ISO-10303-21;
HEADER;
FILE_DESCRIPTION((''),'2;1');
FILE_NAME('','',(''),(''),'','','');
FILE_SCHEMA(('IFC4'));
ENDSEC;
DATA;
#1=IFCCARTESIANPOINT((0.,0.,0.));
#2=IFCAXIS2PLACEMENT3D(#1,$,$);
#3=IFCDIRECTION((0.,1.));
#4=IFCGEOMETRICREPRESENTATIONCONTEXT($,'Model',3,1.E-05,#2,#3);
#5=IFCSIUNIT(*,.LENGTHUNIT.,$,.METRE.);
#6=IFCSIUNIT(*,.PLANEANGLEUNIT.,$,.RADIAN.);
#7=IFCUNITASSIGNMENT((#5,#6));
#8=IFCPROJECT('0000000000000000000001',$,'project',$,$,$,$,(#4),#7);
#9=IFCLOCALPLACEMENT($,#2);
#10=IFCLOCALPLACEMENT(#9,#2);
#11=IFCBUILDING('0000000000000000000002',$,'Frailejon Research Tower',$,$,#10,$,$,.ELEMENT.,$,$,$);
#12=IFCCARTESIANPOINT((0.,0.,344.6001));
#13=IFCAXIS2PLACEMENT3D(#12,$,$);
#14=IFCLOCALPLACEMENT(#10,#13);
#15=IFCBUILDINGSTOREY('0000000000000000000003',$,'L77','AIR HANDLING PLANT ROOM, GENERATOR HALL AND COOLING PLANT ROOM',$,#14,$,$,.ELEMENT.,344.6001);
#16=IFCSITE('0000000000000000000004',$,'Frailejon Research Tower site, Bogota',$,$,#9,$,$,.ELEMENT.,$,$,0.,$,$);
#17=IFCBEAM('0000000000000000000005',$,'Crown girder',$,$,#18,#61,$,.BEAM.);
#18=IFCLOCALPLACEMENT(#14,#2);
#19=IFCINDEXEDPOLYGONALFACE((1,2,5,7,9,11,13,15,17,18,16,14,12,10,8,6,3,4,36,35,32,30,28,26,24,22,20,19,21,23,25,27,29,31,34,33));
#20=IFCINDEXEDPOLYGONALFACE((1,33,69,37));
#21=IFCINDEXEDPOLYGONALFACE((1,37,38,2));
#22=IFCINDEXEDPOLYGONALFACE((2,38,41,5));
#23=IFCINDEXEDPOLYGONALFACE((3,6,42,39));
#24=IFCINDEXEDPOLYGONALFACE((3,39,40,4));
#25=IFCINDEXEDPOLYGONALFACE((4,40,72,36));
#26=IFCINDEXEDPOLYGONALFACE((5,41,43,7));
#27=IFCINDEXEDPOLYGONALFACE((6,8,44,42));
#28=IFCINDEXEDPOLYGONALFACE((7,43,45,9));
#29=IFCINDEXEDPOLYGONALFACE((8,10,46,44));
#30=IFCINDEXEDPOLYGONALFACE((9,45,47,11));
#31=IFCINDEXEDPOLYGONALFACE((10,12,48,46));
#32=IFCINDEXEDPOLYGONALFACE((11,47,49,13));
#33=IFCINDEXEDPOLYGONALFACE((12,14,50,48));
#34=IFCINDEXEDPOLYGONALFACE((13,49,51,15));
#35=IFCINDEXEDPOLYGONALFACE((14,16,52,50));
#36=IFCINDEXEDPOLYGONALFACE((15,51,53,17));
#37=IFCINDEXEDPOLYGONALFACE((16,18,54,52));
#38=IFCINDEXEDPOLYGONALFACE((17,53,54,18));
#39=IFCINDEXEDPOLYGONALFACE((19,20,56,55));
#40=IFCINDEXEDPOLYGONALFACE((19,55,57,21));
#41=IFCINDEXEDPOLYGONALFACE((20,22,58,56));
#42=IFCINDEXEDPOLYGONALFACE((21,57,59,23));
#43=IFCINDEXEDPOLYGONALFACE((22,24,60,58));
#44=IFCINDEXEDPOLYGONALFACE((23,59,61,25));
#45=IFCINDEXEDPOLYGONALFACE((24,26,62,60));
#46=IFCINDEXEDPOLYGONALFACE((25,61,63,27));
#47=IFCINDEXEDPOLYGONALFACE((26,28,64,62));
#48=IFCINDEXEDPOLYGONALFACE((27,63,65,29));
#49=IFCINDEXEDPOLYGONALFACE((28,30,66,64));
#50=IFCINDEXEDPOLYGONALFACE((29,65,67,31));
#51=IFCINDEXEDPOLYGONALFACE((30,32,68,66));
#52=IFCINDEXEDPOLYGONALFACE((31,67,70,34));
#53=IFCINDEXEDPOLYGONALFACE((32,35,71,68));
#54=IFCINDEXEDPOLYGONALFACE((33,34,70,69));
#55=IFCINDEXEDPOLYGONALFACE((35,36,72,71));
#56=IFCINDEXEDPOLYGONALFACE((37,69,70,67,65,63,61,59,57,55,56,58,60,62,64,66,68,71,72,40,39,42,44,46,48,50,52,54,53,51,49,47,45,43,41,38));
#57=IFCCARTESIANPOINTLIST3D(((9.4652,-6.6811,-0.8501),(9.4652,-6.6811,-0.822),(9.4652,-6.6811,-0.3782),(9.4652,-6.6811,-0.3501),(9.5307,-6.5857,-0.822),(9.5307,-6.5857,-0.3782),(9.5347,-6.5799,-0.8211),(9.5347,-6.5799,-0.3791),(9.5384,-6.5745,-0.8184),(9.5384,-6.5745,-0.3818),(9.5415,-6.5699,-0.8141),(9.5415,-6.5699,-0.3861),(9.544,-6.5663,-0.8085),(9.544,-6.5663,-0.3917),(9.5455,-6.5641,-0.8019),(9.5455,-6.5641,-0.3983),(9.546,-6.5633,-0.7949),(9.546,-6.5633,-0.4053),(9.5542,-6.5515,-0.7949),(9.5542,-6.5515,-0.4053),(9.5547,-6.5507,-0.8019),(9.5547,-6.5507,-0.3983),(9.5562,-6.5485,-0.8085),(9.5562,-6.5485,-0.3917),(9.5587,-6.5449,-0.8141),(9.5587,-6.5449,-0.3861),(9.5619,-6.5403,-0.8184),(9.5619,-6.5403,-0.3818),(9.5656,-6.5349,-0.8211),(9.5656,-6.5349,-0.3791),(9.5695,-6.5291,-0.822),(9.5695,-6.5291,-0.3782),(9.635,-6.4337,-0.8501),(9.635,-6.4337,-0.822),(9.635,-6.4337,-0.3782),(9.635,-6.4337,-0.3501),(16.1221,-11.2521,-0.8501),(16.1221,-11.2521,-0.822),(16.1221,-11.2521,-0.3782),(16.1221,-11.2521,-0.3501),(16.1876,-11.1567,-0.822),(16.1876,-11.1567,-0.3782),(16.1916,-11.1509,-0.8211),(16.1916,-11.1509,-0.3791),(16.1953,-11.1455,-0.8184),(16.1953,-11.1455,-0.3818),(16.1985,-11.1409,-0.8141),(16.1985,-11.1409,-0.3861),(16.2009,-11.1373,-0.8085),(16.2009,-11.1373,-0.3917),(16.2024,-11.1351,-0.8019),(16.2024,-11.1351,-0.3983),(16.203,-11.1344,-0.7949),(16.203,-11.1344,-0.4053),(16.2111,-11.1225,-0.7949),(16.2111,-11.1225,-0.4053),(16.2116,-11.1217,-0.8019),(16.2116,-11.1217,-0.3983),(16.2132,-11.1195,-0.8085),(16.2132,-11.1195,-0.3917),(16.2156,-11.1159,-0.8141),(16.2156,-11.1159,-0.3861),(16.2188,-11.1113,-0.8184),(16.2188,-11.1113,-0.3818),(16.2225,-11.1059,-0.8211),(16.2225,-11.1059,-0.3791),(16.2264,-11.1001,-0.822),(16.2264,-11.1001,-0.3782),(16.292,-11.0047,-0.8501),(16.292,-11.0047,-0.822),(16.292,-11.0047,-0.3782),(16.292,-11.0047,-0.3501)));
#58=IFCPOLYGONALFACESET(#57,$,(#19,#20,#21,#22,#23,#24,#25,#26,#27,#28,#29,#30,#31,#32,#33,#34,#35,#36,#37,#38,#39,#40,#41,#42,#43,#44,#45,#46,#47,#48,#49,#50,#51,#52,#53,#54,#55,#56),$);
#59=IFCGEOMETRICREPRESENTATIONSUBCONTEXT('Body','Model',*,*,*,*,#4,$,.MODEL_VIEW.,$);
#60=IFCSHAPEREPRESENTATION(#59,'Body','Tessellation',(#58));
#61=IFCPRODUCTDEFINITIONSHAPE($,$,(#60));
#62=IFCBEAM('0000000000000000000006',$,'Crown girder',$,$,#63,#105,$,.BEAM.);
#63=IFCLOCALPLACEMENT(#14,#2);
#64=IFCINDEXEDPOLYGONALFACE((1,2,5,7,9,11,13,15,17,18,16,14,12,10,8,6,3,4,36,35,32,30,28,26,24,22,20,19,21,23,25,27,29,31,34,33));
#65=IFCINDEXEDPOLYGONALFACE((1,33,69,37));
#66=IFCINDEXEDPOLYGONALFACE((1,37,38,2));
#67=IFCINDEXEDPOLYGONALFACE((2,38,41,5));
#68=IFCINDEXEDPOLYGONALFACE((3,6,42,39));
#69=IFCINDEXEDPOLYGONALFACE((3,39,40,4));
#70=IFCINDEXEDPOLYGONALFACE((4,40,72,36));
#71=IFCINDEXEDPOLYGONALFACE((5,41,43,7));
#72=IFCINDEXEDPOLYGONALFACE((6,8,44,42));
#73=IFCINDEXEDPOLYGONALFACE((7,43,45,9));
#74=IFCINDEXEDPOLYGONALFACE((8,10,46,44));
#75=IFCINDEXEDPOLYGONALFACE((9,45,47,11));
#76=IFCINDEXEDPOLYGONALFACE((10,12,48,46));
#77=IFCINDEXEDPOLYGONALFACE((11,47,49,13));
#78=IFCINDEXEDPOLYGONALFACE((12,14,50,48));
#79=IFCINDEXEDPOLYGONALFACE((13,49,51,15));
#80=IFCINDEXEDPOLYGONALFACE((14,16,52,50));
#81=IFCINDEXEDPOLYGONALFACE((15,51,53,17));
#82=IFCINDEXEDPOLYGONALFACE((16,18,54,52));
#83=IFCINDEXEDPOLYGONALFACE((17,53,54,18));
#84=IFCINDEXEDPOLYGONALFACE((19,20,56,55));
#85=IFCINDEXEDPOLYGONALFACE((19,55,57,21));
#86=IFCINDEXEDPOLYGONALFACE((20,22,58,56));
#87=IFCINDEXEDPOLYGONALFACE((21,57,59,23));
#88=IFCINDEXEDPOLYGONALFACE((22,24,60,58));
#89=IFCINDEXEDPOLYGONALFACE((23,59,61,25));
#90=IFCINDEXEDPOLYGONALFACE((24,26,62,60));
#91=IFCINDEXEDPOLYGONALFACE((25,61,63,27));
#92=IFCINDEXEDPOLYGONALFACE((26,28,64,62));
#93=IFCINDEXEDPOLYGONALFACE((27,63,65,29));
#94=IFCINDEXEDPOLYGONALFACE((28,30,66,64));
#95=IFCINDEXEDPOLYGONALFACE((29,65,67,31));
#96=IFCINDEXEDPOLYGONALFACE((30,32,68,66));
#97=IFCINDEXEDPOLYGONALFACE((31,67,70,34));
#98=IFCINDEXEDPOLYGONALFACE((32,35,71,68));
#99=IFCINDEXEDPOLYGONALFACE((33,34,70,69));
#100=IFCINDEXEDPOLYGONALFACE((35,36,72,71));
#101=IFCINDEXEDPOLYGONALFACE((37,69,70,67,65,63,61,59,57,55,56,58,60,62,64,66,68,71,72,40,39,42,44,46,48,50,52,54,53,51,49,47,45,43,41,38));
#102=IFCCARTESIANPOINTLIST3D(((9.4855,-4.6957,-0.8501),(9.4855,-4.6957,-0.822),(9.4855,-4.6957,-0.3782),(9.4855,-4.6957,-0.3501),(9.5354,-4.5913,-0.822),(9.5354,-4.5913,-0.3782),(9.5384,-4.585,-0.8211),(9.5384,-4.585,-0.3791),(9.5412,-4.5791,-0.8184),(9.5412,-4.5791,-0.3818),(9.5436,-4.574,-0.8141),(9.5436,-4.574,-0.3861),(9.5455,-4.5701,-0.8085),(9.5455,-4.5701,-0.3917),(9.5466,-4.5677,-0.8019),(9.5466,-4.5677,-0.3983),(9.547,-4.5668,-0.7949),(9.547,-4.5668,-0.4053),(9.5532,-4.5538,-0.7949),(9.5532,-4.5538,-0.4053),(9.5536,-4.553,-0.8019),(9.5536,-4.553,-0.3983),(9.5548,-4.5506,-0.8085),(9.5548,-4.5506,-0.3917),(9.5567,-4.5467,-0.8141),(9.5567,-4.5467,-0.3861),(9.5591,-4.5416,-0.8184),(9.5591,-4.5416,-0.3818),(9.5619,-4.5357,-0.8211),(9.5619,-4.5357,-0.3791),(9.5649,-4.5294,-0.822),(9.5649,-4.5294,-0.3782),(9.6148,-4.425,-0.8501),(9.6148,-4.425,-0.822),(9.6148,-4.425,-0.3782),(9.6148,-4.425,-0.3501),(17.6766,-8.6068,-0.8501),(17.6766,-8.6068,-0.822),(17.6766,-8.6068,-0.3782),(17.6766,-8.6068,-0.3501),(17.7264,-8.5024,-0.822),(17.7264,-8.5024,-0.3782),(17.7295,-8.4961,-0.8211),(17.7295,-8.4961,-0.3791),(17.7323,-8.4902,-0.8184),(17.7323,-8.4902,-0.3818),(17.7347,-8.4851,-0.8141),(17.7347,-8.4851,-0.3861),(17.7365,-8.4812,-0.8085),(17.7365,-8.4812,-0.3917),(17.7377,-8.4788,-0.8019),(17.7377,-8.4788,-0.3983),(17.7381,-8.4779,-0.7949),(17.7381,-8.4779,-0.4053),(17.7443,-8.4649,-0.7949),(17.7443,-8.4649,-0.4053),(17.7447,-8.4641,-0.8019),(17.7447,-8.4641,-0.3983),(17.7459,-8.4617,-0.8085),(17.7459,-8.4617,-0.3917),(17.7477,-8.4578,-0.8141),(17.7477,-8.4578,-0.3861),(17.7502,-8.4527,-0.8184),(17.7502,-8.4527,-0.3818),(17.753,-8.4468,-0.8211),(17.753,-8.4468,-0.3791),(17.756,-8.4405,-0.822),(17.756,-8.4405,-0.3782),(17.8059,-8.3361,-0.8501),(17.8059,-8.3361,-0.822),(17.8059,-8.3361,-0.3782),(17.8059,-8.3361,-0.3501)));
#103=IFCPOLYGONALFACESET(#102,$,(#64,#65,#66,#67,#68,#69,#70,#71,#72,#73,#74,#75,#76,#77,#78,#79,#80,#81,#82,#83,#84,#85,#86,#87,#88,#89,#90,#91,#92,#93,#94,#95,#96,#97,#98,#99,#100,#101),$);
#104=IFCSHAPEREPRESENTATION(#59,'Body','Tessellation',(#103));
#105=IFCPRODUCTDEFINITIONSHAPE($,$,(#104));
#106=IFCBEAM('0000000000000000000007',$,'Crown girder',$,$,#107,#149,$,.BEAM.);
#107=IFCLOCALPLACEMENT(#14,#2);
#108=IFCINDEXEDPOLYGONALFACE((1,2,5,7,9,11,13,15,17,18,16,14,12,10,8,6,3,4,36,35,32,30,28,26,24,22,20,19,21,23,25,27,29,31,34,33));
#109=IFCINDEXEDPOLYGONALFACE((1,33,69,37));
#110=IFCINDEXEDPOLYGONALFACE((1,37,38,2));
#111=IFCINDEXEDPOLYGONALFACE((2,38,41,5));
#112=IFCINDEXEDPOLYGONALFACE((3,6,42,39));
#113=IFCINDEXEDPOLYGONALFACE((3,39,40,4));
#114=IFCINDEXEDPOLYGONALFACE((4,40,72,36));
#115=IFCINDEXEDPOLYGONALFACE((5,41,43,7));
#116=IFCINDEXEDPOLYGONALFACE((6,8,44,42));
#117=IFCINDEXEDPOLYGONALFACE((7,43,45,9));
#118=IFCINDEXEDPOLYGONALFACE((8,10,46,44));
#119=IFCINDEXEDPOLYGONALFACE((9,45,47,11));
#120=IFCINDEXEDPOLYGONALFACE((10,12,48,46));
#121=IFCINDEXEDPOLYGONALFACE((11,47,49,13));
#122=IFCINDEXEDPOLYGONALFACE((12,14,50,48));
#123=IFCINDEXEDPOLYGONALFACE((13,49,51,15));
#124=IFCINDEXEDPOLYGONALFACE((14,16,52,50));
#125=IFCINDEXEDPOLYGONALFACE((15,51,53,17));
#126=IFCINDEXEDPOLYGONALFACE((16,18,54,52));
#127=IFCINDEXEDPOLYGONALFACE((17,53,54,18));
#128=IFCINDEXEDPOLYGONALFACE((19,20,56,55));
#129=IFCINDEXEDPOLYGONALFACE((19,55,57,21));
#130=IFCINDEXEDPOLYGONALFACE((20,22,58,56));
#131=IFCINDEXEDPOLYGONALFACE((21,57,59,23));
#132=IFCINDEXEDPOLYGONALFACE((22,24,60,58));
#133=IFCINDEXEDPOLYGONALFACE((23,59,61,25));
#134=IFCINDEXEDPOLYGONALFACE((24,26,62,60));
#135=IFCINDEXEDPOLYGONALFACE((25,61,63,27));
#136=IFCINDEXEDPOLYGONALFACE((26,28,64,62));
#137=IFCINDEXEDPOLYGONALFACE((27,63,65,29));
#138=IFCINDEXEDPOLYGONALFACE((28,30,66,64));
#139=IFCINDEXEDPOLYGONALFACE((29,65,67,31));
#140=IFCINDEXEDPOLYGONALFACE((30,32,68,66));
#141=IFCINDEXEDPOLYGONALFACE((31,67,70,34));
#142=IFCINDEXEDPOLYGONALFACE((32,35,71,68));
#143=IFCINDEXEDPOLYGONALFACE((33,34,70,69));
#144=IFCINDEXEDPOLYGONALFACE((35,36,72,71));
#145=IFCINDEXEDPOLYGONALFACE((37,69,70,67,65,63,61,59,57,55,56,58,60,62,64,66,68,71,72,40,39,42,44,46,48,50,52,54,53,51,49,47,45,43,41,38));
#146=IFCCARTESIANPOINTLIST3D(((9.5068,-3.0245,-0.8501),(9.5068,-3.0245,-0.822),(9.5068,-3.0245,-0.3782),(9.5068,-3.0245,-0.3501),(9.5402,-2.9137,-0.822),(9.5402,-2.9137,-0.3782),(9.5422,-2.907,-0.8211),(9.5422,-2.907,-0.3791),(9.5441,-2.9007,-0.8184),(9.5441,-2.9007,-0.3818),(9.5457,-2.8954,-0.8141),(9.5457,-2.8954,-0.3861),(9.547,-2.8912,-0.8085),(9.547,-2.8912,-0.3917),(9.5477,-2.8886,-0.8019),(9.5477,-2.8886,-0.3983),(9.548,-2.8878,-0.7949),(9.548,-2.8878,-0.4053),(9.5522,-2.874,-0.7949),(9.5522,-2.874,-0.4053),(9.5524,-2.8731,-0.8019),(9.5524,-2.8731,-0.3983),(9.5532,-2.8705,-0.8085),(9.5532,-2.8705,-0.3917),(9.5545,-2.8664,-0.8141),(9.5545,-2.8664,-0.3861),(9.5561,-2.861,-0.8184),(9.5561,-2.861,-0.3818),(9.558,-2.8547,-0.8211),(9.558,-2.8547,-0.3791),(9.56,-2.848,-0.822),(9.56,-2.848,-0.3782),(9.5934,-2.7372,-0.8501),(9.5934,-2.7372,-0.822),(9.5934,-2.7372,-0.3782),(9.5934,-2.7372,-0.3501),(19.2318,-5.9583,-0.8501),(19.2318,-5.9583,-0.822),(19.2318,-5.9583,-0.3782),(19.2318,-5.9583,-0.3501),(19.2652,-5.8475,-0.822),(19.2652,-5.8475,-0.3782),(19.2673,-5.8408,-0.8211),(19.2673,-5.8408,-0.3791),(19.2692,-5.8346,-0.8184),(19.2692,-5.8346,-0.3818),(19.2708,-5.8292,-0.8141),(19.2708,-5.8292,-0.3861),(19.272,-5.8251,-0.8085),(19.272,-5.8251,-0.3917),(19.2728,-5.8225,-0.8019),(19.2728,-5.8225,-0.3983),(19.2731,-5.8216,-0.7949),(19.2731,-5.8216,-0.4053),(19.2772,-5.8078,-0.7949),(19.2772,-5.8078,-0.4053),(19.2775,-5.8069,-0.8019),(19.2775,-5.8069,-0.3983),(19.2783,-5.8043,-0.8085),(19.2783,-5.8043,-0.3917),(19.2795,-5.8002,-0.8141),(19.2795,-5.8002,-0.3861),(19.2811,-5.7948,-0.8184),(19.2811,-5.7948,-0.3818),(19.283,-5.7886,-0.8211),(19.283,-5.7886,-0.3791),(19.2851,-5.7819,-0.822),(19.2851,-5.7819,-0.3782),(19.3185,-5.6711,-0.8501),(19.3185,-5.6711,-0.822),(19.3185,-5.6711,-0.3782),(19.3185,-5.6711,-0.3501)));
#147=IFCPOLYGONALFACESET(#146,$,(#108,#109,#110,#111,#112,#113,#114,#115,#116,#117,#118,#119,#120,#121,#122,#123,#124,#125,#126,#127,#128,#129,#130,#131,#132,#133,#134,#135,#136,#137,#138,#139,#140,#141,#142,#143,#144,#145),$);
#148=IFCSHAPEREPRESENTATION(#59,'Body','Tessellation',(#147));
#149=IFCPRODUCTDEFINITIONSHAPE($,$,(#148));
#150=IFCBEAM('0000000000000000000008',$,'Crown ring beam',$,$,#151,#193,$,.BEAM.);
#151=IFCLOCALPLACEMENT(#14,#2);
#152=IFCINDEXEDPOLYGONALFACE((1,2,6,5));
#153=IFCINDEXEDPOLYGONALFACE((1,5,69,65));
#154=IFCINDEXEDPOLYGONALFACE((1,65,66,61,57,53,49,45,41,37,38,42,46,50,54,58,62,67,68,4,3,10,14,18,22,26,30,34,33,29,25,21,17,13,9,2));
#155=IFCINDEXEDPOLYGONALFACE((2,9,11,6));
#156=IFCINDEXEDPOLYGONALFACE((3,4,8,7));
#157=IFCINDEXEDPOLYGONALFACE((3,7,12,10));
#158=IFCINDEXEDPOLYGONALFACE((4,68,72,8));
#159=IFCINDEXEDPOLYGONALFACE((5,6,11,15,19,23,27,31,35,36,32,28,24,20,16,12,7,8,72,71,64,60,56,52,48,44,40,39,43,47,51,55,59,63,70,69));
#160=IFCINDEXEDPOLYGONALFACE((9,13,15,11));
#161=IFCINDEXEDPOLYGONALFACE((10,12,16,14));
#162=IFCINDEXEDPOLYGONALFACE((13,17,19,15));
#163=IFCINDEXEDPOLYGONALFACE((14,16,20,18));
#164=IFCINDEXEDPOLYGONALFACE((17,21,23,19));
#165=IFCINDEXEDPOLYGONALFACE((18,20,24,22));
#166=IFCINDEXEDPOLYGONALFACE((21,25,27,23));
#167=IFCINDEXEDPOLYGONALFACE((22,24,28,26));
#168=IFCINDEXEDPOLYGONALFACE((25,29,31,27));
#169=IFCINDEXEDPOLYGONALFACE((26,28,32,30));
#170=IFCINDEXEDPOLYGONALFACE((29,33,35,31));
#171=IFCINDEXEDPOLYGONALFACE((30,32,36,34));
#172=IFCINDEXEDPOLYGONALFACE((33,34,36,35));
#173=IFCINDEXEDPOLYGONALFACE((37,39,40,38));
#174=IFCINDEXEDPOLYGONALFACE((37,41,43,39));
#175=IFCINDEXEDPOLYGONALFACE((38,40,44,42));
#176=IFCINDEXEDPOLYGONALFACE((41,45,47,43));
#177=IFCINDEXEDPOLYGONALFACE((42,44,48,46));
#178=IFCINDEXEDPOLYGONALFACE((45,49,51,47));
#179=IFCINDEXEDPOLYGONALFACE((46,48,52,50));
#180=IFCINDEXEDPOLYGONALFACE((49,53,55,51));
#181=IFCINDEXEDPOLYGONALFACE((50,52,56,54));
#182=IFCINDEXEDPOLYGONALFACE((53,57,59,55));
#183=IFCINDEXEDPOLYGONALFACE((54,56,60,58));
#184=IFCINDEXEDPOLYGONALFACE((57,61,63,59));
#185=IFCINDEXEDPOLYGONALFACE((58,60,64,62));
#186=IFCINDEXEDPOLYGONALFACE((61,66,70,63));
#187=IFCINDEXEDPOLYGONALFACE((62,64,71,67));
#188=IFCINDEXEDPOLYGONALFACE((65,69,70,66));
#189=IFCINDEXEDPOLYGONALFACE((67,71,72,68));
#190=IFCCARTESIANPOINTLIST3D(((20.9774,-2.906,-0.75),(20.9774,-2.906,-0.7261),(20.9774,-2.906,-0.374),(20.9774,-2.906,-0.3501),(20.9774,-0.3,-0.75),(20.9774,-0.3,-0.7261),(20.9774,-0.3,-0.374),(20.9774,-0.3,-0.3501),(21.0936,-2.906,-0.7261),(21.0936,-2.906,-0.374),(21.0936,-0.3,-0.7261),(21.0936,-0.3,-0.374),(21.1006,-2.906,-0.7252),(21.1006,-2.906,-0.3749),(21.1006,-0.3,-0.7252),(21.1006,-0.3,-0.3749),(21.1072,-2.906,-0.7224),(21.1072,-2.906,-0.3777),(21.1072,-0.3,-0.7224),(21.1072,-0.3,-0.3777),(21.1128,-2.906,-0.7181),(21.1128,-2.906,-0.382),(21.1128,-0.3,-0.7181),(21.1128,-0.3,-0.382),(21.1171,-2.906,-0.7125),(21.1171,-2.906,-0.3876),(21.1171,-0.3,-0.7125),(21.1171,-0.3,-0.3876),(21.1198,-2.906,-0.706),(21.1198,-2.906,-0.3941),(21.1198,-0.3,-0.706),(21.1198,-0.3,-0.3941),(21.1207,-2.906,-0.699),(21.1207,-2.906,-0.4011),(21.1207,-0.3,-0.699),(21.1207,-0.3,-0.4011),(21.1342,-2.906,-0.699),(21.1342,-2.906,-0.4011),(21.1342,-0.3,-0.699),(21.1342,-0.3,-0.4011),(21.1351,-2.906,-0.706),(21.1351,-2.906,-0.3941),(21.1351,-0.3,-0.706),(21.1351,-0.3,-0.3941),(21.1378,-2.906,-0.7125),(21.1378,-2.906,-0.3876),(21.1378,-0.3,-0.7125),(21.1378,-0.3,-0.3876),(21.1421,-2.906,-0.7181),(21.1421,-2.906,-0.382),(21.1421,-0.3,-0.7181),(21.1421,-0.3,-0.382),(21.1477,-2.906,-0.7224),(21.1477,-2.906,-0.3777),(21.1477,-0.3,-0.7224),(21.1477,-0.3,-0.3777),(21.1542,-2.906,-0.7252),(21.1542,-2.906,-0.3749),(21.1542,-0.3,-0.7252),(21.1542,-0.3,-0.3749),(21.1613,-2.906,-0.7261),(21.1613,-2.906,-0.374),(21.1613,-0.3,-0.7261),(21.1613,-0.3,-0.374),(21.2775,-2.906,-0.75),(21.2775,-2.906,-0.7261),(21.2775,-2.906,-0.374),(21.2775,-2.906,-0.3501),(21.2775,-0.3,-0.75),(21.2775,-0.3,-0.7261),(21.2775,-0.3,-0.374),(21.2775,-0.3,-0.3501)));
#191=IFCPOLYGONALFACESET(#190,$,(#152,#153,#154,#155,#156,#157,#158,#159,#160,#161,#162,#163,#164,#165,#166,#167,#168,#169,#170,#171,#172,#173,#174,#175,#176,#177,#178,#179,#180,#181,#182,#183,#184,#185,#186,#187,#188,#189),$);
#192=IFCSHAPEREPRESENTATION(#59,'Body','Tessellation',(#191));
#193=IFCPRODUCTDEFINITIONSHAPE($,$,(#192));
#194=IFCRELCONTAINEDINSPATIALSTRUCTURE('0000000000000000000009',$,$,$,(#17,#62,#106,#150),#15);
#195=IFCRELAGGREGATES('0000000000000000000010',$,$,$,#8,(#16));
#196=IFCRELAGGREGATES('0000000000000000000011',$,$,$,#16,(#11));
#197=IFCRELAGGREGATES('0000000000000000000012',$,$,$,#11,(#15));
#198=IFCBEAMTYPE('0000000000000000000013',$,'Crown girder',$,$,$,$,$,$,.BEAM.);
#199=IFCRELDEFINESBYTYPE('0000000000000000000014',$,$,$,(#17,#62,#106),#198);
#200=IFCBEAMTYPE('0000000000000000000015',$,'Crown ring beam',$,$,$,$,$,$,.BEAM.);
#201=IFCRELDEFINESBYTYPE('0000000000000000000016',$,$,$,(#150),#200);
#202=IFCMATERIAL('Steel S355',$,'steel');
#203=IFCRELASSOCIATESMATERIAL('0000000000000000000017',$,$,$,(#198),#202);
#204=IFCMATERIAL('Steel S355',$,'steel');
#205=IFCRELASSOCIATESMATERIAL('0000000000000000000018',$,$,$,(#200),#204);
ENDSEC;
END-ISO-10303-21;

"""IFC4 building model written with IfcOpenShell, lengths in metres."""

from ifc_helpers import new_model, si_unit, direction, frame, origin, origin_2d, place, context, subcontext, project, spatial, i_section, extrude, material, material_profile, profile_set, type_object, element, save


model = new_model("IFC4")

# Units and contexts
model_context = context("Model", 3, precision=1e-05, world=origin(), true_north=direction((0.0, 1.0)))
body_context = subcontext(model_context, "Body", "Model", "MODEL_VIEW")
ifc_project = project(units=[si_unit("LENGTHUNIT", "METRE"), si_unit("PLANEANGLEUNIT", "RADIAN")], contexts=[model_context])

# Site, building, storey
site_placement = place(None, origin())
site = spatial("IfcSite", under=ifc_project, at=site_placement, Name="Frailejon Research Tower site, Bogota", CompositionType="ELEMENT", RefElevation=0.0)
building_placement = place(site_placement, origin())
building = spatial("IfcBuilding", under=site, at=building_placement, Name="Frailejon Research Tower", CompositionType="ELEMENT")
storey_placement = place(building_placement, frame((0.0, 0.0, 344.6001)))
storey = spatial("IfcBuildingStorey", under=building, at=storey_placement, Name="L77", Description="AIR HANDLING PLANT ROOM, GENERATOR HALL AND COOLING PLANT ROOM", CompositionType="ELEMENT", Elevation=344.6001)

# Beams
ifc_material_1 = material(Name="Steel S355", Category="steel")
ifc_material_profile_1 = material_profile(ifc_material_1, i_section(OverallWidth=0.3, OverallDepth=0.5, WebThickness=0.0144, FlangeThickness=0.0281, FilletRadius=0.0271, at=origin_2d()), Name="HE 500 B")
ifc_profile_set_1 = profile_set([ifc_material_profile_1], Name="Steel S355")
beam_type_1 = type_object("IfcBeamType", Name="Crown girder", PredefinedType="BEAM", material=ifc_profile_set_1)
beam_1_placement = place(storey_placement, frame((16.207, -11.1284, -0.6001), z_axis=(-0.824367, 0.566055, 0.0), x_axis=(-0.566055, -0.824367, 0.0)))
element("IfcBeam", 1, at=beam_1_placement, inside=storey, type_object=beam_type_1, Name="Crown girder", PredefinedType="BEAM", context=body_context, shape_type="SweptSolid", body=[
    extrude(i_section(OverallWidth=0.3, OverallDepth=0.5, WebThickness=0.0144, FlangeThickness=0.0281, FilletRadius=0.0271, at=origin_2d()), origin(), (0.0, 0.0, 1.0), 8.0752),
])
beam_2_placement = place(storey_placement, frame((17.7412, -8.4714, -0.6001), z_axis=(-0.902408, 0.430883, 0.0), x_axis=(-0.430883, -0.902408, 0.0)))
element("IfcBeam", 2, at=beam_2_placement, inside=storey, type_object=beam_type_1, Name="Crown girder", PredefinedType="BEAM", context=body_context, shape_type="SweptSolid", body=[
    extrude(i_section(OverallWidth=0.3, OverallDepth=0.5, WebThickness=0.0144, FlangeThickness=0.0281, FilletRadius=0.0271, at=origin_2d()), origin(), (0.0, 0.0, 1.0), 9.0769),
])
beam_3_placement = place(storey_placement, frame((19.2751, -5.8147, -0.6001), z_axis=(-0.957383, 0.28882, 0.0), x_axis=(-0.28882, -0.957383, 0.0)))
element("IfcBeam", 3, at=beam_3_placement, inside=storey, type_object=beam_type_1, Name="Crown girder", PredefinedType="BEAM", context=body_context, shape_type="SweptSolid", body=[
    extrude(i_section(OverallWidth=0.3, OverallDepth=0.5, WebThickness=0.0144, FlangeThickness=0.0281, FilletRadius=0.0271, at=origin_2d()), origin(), (0.0, 0.0, 1.0), 10.158),
])
ifc_material_2 = material(Name="Steel S355", Category="steel")
ifc_material_profile_2 = material_profile(ifc_material_2, i_section(OverallWidth=0.3, OverallDepth=0.3999, WebThickness=0.0134, FlangeThickness=0.0239, FilletRadius=0.0271, at=origin_2d()), Name="HE 400 B")
ifc_profile_set_2 = profile_set([ifc_material_profile_2], Name="Steel S355")
beam_type_2 = type_object("IfcBeamType", Name="Crown ring beam", PredefinedType="BEAM", material=ifc_profile_set_2)
beam_4_placement = place(storey_placement, frame((21.1274, -2.906, -0.55), z_axis=(0.0, 1.0, 0.0), x_axis=(-1.0, 0.0, 0.0)))
element("IfcBeam", 4, at=beam_4_placement, inside=storey, type_object=beam_type_2, Name="Crown ring beam", PredefinedType="BEAM", context=body_context, shape_type="SweptSolid", body=[
    extrude(i_section(OverallWidth=0.3, OverallDepth=0.3999, WebThickness=0.0134, FlangeThickness=0.0239, FilletRadius=0.0271, at=origin_2d()), origin(), (0.0, 0.0, 1.0), 2.606),
])

save(model, "model.ifc")
